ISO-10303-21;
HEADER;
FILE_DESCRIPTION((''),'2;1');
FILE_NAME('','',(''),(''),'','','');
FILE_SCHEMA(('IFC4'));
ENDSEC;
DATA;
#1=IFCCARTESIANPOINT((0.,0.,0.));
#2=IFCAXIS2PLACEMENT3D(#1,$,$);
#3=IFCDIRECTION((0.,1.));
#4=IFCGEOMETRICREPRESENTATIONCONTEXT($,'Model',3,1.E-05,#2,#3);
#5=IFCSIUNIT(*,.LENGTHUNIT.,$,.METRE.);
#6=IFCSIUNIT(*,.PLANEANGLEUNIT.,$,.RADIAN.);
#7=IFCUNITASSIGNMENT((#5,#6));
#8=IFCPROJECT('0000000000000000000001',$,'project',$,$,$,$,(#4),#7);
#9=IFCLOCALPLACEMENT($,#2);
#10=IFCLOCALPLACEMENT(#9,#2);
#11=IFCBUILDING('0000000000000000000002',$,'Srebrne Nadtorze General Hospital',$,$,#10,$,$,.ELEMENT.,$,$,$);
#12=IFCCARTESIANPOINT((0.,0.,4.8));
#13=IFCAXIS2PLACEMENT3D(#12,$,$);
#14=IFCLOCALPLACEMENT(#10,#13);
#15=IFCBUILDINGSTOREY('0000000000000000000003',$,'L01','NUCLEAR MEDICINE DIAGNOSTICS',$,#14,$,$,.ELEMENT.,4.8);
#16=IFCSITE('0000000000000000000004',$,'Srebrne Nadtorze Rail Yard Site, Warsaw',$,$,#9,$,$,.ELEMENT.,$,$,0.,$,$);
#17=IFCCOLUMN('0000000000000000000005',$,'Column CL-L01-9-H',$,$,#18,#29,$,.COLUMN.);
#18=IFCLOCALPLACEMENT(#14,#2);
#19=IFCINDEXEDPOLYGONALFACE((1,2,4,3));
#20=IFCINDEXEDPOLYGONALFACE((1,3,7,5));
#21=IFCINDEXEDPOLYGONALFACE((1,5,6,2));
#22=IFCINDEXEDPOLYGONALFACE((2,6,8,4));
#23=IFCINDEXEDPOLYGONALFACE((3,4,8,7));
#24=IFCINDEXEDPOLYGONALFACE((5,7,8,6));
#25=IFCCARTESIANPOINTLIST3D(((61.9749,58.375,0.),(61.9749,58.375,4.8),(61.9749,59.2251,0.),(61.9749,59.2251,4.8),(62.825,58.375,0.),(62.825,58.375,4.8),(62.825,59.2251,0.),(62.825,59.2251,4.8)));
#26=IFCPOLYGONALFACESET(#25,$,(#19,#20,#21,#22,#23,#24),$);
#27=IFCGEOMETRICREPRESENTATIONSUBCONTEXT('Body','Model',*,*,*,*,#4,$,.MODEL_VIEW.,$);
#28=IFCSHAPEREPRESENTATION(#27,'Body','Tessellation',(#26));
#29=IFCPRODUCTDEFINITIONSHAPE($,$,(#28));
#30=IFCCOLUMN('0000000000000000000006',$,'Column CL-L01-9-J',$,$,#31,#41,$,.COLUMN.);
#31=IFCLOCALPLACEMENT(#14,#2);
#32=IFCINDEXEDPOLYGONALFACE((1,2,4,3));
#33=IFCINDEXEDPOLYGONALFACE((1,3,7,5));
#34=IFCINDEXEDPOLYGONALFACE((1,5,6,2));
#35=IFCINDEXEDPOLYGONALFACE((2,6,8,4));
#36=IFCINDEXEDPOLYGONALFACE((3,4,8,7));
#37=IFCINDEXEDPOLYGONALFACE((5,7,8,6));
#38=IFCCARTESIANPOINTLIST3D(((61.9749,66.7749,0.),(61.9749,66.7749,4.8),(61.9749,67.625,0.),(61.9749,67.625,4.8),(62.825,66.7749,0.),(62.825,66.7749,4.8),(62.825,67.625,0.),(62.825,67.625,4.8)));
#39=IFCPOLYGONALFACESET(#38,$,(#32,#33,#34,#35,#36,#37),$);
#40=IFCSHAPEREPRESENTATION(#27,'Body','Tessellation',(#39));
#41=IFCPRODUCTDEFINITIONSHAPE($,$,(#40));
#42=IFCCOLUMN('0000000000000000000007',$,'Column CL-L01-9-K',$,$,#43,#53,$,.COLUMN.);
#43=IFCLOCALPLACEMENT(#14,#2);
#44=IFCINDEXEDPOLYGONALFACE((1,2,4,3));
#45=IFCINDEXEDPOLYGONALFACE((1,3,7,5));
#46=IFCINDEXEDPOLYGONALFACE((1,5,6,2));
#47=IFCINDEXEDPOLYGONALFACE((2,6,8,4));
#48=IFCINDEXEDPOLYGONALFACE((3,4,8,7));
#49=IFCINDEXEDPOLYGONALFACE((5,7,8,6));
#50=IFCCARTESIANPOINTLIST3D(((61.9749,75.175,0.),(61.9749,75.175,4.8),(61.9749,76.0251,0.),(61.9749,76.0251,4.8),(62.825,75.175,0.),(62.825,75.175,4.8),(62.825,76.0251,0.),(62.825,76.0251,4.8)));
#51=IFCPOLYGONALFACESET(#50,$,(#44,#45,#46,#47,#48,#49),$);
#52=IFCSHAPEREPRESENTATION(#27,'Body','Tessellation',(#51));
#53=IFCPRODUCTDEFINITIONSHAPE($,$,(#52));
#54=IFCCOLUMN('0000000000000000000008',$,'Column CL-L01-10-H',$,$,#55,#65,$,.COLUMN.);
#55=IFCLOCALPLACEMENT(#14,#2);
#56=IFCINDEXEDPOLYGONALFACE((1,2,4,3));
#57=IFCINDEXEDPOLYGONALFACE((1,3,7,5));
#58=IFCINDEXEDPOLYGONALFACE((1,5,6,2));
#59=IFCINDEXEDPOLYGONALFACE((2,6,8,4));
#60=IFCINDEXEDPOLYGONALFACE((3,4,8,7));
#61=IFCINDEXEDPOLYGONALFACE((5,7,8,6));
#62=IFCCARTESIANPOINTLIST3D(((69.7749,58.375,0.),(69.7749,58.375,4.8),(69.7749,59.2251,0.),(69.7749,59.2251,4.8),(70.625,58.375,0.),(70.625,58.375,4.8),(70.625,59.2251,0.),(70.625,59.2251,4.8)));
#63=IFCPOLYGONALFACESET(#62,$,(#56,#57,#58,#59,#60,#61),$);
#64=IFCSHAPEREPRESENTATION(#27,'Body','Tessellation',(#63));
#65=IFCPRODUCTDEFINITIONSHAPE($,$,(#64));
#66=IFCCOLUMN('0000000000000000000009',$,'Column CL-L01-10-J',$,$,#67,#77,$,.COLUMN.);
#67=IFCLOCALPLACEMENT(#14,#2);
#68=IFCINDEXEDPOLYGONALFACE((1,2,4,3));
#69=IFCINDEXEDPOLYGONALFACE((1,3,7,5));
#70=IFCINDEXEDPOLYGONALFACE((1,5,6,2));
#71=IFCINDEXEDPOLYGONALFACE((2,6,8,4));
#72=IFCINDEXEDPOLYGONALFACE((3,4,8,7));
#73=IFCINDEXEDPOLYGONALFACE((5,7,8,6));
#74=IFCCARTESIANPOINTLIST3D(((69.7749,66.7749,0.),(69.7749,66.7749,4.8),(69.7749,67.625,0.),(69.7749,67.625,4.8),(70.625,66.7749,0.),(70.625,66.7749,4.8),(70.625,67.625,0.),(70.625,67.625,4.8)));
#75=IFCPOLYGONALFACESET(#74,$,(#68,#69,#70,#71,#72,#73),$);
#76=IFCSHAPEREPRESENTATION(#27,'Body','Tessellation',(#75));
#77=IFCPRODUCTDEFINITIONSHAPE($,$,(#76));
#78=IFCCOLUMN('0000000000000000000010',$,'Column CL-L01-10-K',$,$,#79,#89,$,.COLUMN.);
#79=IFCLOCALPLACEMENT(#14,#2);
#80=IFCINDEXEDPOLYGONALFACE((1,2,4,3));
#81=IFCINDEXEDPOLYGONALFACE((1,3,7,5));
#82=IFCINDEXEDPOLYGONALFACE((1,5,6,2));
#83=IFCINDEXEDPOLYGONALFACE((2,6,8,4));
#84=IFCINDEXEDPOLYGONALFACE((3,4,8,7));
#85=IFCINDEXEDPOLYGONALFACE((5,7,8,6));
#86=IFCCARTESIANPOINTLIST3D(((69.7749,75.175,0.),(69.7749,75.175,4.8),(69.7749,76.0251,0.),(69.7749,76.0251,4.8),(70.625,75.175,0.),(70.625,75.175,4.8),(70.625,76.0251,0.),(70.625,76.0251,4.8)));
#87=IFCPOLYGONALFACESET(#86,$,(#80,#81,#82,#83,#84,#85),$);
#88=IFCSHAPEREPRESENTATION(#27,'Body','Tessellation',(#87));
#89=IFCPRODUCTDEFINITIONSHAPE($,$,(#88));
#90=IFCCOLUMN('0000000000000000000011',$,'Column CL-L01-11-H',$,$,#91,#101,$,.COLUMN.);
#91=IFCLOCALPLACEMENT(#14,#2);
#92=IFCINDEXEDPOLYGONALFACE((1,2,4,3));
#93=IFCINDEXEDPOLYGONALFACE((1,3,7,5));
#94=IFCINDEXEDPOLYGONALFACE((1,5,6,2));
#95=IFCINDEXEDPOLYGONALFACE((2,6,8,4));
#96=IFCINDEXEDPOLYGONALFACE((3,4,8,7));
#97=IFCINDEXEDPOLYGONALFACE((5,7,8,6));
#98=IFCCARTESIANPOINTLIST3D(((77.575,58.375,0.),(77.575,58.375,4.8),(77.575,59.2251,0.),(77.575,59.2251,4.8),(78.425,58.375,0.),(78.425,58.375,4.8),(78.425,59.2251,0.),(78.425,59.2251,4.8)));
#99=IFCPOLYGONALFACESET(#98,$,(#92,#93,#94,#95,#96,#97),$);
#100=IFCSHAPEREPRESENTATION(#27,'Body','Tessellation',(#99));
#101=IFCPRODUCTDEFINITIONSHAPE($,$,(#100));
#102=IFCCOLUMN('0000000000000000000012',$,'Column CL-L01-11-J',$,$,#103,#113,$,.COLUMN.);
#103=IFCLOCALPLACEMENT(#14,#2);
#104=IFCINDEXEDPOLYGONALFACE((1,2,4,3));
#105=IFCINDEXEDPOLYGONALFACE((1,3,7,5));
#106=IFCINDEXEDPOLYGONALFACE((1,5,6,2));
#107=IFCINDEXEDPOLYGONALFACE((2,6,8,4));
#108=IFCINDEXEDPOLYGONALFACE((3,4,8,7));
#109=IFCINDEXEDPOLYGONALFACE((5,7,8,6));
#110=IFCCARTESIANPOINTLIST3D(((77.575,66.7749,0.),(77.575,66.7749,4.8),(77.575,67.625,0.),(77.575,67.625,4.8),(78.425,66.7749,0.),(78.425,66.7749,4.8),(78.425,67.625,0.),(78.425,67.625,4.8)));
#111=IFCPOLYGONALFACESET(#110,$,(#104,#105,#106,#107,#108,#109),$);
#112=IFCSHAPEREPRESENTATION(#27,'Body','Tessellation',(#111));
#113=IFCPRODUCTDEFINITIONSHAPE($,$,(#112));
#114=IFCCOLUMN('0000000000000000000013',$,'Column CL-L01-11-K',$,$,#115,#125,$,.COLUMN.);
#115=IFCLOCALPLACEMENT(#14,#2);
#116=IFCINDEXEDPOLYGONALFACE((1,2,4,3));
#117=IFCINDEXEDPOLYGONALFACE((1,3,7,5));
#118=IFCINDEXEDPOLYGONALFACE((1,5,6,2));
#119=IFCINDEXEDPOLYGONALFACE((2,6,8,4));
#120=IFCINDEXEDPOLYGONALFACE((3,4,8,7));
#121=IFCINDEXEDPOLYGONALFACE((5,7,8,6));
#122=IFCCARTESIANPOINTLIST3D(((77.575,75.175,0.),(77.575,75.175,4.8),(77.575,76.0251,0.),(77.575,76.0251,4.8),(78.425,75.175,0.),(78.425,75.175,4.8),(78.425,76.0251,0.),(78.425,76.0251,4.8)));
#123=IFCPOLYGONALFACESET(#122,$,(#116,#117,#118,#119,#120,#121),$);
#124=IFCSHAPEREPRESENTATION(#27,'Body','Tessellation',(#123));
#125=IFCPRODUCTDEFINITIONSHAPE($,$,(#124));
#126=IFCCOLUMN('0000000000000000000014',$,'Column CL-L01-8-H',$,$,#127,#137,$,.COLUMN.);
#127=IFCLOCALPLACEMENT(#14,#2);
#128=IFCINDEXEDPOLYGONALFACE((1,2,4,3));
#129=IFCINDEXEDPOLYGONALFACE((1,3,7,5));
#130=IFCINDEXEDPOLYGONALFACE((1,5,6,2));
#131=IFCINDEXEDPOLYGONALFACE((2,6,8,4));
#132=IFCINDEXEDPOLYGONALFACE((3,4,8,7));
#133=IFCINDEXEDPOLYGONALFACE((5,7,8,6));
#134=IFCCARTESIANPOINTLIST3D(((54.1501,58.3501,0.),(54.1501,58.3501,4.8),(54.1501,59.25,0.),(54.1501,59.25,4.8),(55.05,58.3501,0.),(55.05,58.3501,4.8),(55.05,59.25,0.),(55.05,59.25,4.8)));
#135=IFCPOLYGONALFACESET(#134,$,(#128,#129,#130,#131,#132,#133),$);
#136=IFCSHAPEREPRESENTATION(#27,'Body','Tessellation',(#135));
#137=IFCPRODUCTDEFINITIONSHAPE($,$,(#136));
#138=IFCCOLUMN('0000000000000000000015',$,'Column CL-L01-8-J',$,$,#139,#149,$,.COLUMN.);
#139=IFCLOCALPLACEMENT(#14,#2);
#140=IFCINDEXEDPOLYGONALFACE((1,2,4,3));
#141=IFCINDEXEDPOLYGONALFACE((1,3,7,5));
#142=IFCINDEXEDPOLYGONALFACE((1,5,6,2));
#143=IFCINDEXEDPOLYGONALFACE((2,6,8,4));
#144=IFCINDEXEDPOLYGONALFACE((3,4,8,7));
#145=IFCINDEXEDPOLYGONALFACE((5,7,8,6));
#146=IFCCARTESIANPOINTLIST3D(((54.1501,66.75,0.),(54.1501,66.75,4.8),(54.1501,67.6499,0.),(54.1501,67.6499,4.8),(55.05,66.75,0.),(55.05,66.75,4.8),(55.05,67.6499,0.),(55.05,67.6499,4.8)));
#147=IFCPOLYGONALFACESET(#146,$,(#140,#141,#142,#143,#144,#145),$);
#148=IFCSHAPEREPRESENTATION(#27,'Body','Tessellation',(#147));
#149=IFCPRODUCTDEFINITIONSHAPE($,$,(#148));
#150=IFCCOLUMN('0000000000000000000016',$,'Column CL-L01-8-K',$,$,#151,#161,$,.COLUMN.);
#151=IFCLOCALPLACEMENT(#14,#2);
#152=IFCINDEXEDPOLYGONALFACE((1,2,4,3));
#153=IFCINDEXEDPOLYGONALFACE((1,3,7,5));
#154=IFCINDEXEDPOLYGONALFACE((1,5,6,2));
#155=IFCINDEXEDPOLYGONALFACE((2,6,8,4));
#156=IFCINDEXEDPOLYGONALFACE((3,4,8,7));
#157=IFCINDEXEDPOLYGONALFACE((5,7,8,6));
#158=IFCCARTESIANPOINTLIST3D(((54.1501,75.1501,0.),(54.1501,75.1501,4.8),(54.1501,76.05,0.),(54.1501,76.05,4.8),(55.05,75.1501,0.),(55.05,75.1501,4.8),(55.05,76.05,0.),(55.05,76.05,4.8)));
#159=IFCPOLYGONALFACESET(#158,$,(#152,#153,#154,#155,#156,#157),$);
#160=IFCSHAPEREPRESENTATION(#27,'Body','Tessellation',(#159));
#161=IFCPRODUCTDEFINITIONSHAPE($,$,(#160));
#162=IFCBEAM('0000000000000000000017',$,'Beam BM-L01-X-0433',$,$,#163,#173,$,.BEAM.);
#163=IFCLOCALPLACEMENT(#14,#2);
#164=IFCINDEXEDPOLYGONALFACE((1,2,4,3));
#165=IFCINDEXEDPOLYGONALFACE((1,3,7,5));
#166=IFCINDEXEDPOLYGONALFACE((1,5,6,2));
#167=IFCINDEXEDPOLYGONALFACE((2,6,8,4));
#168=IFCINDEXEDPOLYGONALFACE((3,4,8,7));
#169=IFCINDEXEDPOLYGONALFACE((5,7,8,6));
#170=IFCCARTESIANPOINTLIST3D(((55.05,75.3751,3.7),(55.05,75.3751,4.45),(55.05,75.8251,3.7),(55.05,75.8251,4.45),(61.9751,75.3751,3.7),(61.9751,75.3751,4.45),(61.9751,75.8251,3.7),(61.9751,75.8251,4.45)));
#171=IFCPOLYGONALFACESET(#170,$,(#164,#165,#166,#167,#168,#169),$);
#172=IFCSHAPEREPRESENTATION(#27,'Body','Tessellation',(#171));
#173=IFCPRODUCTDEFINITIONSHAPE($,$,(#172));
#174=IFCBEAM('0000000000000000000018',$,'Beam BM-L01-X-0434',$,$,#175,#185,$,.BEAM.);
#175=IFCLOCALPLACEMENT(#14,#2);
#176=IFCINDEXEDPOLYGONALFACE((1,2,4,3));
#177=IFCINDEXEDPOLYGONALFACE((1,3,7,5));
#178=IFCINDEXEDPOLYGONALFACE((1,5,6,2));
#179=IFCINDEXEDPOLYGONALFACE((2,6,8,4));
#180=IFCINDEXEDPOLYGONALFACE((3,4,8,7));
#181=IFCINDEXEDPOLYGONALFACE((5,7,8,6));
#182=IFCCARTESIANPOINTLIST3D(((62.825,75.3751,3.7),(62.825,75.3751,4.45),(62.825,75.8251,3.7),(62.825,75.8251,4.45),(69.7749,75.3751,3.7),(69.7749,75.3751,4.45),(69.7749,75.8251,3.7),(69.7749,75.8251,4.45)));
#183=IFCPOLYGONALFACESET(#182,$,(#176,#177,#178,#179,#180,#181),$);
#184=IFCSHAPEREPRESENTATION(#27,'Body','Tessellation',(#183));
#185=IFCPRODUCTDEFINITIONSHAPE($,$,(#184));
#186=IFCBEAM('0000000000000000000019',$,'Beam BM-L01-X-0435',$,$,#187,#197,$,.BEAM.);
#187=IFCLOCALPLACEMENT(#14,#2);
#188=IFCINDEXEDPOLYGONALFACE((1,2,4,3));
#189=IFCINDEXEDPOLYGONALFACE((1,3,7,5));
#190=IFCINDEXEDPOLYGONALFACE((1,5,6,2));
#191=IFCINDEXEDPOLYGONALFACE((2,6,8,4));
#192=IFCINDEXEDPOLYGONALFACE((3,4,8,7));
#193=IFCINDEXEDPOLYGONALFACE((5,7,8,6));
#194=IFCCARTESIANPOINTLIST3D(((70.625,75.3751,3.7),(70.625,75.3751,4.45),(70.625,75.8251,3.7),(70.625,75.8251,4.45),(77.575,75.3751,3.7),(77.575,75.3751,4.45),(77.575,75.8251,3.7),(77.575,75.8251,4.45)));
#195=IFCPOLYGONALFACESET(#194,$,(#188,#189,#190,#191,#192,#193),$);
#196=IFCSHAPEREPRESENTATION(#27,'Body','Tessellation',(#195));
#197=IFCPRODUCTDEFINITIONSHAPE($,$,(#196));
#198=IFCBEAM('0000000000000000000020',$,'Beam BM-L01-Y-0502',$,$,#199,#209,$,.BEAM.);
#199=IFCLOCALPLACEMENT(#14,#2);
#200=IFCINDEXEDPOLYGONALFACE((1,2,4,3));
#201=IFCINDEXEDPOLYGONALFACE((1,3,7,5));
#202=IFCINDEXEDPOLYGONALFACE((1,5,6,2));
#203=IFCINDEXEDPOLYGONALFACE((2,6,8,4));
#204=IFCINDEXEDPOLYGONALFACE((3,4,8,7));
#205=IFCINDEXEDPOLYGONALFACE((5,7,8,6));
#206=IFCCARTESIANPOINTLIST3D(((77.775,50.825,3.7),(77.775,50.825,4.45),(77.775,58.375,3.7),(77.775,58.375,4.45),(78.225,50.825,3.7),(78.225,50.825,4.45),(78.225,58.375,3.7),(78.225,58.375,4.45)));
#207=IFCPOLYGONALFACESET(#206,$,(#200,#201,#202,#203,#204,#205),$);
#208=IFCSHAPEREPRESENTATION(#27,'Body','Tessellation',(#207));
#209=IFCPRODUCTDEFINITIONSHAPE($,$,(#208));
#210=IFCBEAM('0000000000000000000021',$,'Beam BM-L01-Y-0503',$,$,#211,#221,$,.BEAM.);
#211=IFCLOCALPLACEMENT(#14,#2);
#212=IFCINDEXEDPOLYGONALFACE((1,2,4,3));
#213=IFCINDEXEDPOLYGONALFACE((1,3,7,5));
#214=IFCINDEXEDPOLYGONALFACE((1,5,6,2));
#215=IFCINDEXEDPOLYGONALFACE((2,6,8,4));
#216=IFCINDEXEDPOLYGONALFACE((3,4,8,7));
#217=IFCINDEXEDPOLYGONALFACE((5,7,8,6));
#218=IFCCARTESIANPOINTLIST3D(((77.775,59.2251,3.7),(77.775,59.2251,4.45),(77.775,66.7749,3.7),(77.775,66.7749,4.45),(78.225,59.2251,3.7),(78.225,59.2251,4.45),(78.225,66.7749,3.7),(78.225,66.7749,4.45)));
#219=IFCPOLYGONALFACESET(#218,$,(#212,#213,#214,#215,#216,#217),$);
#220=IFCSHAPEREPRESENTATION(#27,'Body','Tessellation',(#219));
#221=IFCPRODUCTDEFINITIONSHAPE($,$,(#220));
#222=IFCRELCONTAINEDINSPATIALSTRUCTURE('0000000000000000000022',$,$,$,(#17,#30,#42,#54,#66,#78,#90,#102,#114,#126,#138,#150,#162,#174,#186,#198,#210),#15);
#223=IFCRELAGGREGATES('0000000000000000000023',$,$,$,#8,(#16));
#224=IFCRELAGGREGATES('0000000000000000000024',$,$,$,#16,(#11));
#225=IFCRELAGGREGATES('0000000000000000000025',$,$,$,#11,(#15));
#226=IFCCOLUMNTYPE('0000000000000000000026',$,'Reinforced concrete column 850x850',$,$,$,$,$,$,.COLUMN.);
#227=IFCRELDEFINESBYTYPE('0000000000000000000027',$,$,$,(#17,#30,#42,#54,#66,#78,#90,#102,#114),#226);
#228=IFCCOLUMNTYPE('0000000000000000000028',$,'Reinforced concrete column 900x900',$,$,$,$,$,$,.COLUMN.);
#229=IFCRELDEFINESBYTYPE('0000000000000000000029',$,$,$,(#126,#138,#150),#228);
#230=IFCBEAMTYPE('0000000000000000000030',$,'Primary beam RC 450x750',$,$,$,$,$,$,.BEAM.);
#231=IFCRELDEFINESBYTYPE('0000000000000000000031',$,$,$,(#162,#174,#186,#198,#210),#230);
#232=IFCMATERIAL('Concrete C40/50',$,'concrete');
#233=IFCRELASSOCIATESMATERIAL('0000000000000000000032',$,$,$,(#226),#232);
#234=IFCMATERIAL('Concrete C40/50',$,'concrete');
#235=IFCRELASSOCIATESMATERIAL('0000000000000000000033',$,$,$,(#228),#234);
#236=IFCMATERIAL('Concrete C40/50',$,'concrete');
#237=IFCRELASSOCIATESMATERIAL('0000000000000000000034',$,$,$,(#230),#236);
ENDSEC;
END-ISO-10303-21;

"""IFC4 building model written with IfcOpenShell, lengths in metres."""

from ifc_helpers import new_model, si_unit, direction, frame, origin, origin_2d, place, context, subcontext, project, spatial, rectangle, extrude, material, material_profile, profile_set, type_object, element, save


model = new_model("IFC4")

# Units and contexts
model_context = context("Model", 3, precision=1e-05, world=origin(), true_north=direction((0.0, 1.0)))
body_context = subcontext(model_context, "Body", "Model", "MODEL_VIEW")
ifc_project = project(units=[si_unit("LENGTHUNIT", "METRE"), si_unit("PLANEANGLEUNIT", "RADIAN")], contexts=[model_context])

# Site, building, storey
site_placement = place(None, origin())
site = spatial("IfcSite", under=ifc_project, at=site_placement, Name="Srebrne Nadtorze Rail Yard Site, Warsaw", CompositionType="ELEMENT", RefElevation=0.0)
building_placement = place(site_placement, origin())
building = spatial("IfcBuilding", under=site, at=building_placement, Name="Srebrne Nadtorze General Hospital", CompositionType="ELEMENT")
storey_placement = place(building_placement, frame((0.0, 0.0, 4.8)))
storey = spatial("IfcBuildingStorey", under=building, at=storey_placement, Name="L01", Description="NUCLEAR MEDICINE DIAGNOSTICS", CompositionType="ELEMENT", Elevation=4.8)

# Columns
ifc_material_1 = material(Name="Concrete C40/50", Category="concrete")
ifc_material_profile_1 = material_profile(ifc_material_1, rectangle(XDim=0.8501, YDim=0.8501, at=origin_2d()), Name="RC-COL-850x850")
ifc_profile_set_1 = profile_set([ifc_material_profile_1], Name="Concrete C40/50")
column_type_1 = type_object("IfcColumnType", Name="Reinforced concrete column 850x850", PredefinedType="COLUMN", material=ifc_profile_set_1)
for number, where, z_axis, x_axis, name in (
    (1, (62.3999, 58.8, 0.0), (0.0, 0.0, 1.0), (1.0, 0.0, 0.0), "Column CL-L01-9-H"),
    (2, (62.3999, 67.2, 0.0), (0.0, 0.0, 1.0), (1.0, 0.0, 0.0), "Column CL-L01-9-J"),
    (3, (62.3999, 75.6001, 0.0), (0.0, 0.0, 1.0), (1.0, 0.0, 0.0), "Column CL-L01-9-K"),
    (4, (70.2, 58.8, 0.0), (0.0, 0.0, 1.0), (1.0, 0.0, 0.0), "Column CL-L01-10-H"),
    (5, (70.2, 67.2, 0.0), (0.0, 0.0, 1.0), (1.0, 0.0, 0.0), "Column CL-L01-10-J"),
    (6, (70.2, 75.6001, 0.0), (0.0, 0.0, 1.0), (1.0, 0.0, 0.0), "Column CL-L01-10-K"),
    (7, (78.0, 58.8, 0.0), (0.0, 0.0, 1.0), (1.0, 0.0, 0.0), "Column CL-L01-11-H"),
    (8, (78.0, 67.2, 0.0), (0.0, 0.0, 1.0), (1.0, 0.0, 0.0), "Column CL-L01-11-J"),
    (9, (78.0, 75.6001, 0.0), (0.0, 0.0, 1.0), (1.0, 0.0, 0.0), "Column CL-L01-11-K"),
):
    element("IfcColumn", number, at=place(storey_placement, frame(where, z_axis=z_axis, x_axis=x_axis)), inside=storey, type_object=column_type_1, Name=name, PredefinedType="COLUMN", context=body_context, shape_type="SweptSolid", body=[
        extrude(rectangle(XDim=0.8501, YDim=0.8501, at=origin_2d()), origin(), (0.0, 0.0, 1.0), 4.8),
    ])
ifc_material_2 = material(Name="Concrete C40/50", Category="concrete")
ifc_material_profile_2 = material_profile(ifc_material_2, rectangle(XDim=0.8999, YDim=0.8999, at=origin_2d()), Name="RC-COL-900x900")
ifc_profile_set_2 = profile_set([ifc_material_profile_2], Name="Concrete C40/50")
column_type_2 = type_object("IfcColumnType", Name="Reinforced concrete column 900x900", PredefinedType="COLUMN", material=ifc_profile_set_2)
for number, where, z_axis, x_axis, name in (
    (10, (54.6001, 58.8, 0.0), (0.0, 0.0, 1.0), (1.0, 0.0, 0.0), "Column CL-L01-8-H"),
    (11, (54.6001, 67.2, 0.0), (0.0, 0.0, 1.0), (1.0, 0.0, 0.0), "Column CL-L01-8-J"),
    (12, (54.6001, 75.6001, 0.0), (0.0, 0.0, 1.0), (1.0, 0.0, 0.0), "Column CL-L01-8-K"),
):
    element("IfcColumn", number, at=place(storey_placement, frame(where, z_axis=z_axis, x_axis=x_axis)), inside=storey, type_object=column_type_2, Name=name, PredefinedType="COLUMN", context=body_context, shape_type="SweptSolid", body=[
        extrude(rectangle(XDim=0.8999, YDim=0.8999, at=origin_2d()), origin(), (0.0, 0.0, 1.0), 4.8),
    ])

# Beams
ifc_material_3 = material(Name="Concrete C40/50", Category="concrete")
ifc_material_profile_3 = material_profile(ifc_material_3, rectangle(XDim=0.45, YDim=0.75, at=origin_2d()), Name="RC-BM-450x750")
ifc_profile_set_3 = profile_set([ifc_material_profile_3], Name="Concrete C40/50")
beam_type = type_object("IfcBeamType", Name="Primary beam RC 450x750", PredefinedType="BEAM", material=ifc_profile_set_3)
beam_1_placement = place(storey_placement, frame((55.05, 75.6001, 4.075), z_axis=(1.0, 0.0, 0.0), x_axis=(0.0, 1.0, 0.0)))
element("IfcBeam", 13, at=beam_1_placement, inside=storey, type_object=beam_type, Name="Beam BM-L01-X-0433", PredefinedType="BEAM", context=body_context, shape_type="SweptSolid", body=[
    extrude(rectangle(XDim=0.45, YDim=0.75, at=origin_2d()), origin(), (0.0, 0.0, 1.0), 6.925),
])
for number, where, z_axis, x_axis, name in (
    (14, (62.825, 75.6001, 4.075), (1.0, 0.0, 0.0), (0.0, 1.0, 0.0), "Beam BM-L01-X-0434"),
    (15, (70.625, 75.6001, 4.075), (1.0, 0.0, 0.0), (0.0, 1.0, 0.0), "Beam BM-L01-X-0435"),
):
    element("IfcBeam", number, at=place(storey_placement, frame(where, z_axis=z_axis, x_axis=x_axis)), inside=storey, type_object=beam_type, Name=name, PredefinedType="BEAM", context=body_context, shape_type="SweptSolid", body=[
        extrude(rectangle(XDim=0.45, YDim=0.75, at=origin_2d()), origin(), (0.0, 0.0, 1.0), 6.95),
    ])
beam_2_placement = place(storey_placement, frame((78.0, 50.825, 4.075), z_axis=(0.0, 1.0, 0.0), x_axis=(-1.0, 0.0, 0.0)))
element("IfcBeam", 16, at=beam_2_placement, inside=storey, type_object=beam_type, Name="Beam BM-L01-Y-0502", PredefinedType="BEAM", context=body_context, shape_type="SweptSolid", body=[
    extrude(rectangle(XDim=0.45, YDim=0.75, at=origin_2d()), origin(), (0.0, 0.0, 1.0), 7.55),
])
beam_3_placement = place(storey_placement, frame((78.0, 59.2251, 4.075), z_axis=(0.0, 1.0, 0.0), x_axis=(-1.0, 0.0, 0.0)))
element("IfcBeam", 17, at=beam_3_placement, inside=storey, type_object=beam_type, Name="Beam BM-L01-Y-0503", PredefinedType="BEAM", context=body_context, shape_type="SweptSolid", body=[
    extrude(rectangle(XDim=0.45, YDim=0.75, at=origin_2d()), origin(), (0.0, 0.0, 1.0), 7.5498),
])

save(model, "model.ifc")
